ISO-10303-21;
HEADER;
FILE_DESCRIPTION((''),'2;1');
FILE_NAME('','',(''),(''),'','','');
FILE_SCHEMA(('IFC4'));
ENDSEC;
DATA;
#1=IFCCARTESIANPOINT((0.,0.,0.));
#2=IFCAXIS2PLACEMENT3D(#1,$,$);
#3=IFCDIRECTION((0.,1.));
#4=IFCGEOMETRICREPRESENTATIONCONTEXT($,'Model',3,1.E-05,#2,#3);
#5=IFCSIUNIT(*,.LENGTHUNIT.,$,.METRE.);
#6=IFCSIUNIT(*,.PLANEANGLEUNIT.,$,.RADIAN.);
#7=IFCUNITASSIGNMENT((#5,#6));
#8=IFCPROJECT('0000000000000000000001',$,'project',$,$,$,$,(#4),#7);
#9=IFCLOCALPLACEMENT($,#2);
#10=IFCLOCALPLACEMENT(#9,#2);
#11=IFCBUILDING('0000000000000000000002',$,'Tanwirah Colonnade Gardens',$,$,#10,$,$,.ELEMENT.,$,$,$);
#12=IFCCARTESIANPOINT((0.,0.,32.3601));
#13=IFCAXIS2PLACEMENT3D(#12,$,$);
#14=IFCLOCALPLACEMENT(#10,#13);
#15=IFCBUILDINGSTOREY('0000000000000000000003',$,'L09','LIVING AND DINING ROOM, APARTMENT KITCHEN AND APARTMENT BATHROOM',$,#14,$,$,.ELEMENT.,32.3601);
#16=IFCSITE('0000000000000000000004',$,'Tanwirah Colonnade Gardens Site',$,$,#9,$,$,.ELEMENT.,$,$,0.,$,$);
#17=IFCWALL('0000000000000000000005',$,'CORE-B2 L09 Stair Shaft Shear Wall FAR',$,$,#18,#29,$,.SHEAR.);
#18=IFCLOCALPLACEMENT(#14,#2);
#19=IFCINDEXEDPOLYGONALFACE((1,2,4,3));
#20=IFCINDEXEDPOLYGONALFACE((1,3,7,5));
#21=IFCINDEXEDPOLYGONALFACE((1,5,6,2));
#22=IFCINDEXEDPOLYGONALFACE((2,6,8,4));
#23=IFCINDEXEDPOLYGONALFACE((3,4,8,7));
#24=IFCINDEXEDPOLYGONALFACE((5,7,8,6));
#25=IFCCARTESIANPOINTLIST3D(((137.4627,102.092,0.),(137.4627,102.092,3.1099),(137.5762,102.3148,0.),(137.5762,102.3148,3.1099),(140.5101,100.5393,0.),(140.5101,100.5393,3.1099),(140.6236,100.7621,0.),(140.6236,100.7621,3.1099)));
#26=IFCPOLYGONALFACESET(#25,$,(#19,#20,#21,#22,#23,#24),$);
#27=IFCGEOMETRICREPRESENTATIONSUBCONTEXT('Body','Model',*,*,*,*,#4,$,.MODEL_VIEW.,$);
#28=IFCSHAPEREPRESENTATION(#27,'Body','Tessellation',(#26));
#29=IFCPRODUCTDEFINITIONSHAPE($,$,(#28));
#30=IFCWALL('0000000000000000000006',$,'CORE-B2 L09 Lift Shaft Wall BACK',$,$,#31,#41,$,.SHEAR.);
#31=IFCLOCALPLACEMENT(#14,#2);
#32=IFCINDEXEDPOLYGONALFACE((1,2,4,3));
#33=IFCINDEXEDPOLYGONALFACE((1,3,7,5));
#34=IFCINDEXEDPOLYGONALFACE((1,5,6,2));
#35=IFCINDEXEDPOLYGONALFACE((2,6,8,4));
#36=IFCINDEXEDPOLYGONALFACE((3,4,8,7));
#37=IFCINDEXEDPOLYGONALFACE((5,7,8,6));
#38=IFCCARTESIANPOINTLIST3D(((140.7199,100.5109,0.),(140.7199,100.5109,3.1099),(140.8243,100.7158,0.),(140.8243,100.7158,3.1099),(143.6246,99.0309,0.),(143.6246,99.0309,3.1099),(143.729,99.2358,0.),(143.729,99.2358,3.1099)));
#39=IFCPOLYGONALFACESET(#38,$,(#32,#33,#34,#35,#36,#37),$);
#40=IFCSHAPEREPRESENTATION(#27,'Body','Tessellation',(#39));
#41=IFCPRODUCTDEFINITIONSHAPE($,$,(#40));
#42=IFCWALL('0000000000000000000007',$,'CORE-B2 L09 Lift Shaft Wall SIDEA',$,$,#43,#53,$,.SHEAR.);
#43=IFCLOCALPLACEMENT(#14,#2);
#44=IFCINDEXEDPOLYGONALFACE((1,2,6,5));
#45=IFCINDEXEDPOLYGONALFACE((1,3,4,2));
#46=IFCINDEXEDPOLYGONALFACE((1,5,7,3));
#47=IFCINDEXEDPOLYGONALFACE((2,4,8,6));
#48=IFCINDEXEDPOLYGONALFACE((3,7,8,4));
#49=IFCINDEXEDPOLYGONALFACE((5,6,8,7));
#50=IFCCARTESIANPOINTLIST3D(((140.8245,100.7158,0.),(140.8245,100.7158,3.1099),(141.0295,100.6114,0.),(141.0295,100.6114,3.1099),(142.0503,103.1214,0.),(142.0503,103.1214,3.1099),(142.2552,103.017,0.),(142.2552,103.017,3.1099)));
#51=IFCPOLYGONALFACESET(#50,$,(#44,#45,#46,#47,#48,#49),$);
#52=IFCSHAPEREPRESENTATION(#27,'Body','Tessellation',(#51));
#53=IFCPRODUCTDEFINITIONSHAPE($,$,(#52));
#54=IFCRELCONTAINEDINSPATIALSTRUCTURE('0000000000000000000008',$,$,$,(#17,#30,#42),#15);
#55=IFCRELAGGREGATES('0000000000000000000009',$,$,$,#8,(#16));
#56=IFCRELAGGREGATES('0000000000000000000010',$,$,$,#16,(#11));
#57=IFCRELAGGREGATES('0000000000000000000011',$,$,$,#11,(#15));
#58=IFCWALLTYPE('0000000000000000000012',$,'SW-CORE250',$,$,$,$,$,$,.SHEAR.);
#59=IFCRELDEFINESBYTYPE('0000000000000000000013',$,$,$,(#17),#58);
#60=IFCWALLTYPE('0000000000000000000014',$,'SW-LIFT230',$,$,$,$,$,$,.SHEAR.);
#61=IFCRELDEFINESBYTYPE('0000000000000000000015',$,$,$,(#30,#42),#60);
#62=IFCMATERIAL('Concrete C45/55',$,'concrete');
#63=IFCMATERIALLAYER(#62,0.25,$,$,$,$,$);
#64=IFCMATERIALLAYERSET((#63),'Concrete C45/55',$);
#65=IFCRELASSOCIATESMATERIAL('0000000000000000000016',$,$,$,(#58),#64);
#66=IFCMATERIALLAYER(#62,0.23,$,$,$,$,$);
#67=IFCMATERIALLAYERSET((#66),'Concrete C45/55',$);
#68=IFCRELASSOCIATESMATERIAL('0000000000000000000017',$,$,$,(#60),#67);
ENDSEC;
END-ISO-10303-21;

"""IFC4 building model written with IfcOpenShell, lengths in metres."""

from ifc_helpers import new_model, si_unit, direction, frame, frame_2d, origin, place, context, subcontext, project, spatial, rectangle, extrude, material, layer, layer_set, type_object, element, save


model = new_model("IFC4")

# Units and contexts
model_context = context("Model", 3, precision=1e-05, world=origin(), true_north=direction((0.0, 1.0)))
body_context = subcontext(model_context, "Body", "Model", "MODEL_VIEW")
ifc_project = project(units=[si_unit("LENGTHUNIT", "METRE"), si_unit("PLANEANGLEUNIT", "RADIAN")], contexts=[model_context])

# Site, building, storey
site_placement = place(None, origin())
site = spatial("IfcSite", under=ifc_project, at=site_placement, Name="Tanwirah Colonnade Gardens Site", CompositionType="ELEMENT", RefElevation=0.0)
building_placement = place(site_placement, origin())
building = spatial("IfcBuilding", under=site, at=building_placement, Name="Tanwirah Colonnade Gardens", CompositionType="ELEMENT")
storey_placement = place(building_placement, frame((0.0, 0.0, 32.3601)))
storey = spatial("IfcBuildingStorey", under=building, at=storey_placement, Name="L09", Description="LIVING AND DINING ROOM, APARTMENT KITCHEN AND APARTMENT BATHROOM", CompositionType="ELEMENT", Elevation=32.3601)

# Wall
ifc_material_1 = material(Name="Concrete C45/55", Category="concrete")
ifc_layer_1 = layer(ifc_material_1, 0.25)
ifc_layer_set_1 = layer_set([ifc_layer_1], Name="Concrete C45/55")
wall_type_1 = type_object("IfcWallType", Name="SW-CORE250", PredefinedType="SHEAR", material=ifc_layer_set_1)
wall_1_placement = place(storey_placement, frame((137.5195, 102.2034, 0.0), z_axis=(0.0, 0.0, 1.0), x_axis=(0.891004, -0.453996, 0.0)))
element("IfcWall", 1, at=wall_1_placement, inside=storey, type_object=wall_type_1, Name="CORE-B2 L09 Stair Shaft Shear Wall FAR", PredefinedType="SHEAR", context=body_context, shape_type="SweptSolid", body=[
    extrude(rectangle(XDim=3.4202, YDim=0.25, at=frame_2d((1.71, 0.0))), origin(), (0.0, 0.0, 1.0), 3.1099),
])

# Shared definitions
ifc_layer_2 = layer(ifc_material_1, 0.23)
ifc_layer_set_2 = layer_set([ifc_layer_2], Name="Concrete C45/55")
wall_type_2 = type_object("IfcWallType", Name="SW-LIFT230", PredefinedType="SHEAR", material=ifc_layer_set_2)

# Walls
wall_2_placement = place(storey_placement, frame((140.7722, 100.6133, 0.0), z_axis=(0.0, 0.0, 1.0), x_axis=(0.891017, -0.453971, 0.0)))
element("IfcWall", 2, at=wall_2_placement, inside=storey, type_object=wall_type_2, Name="CORE-B2 L09 Lift Shaft Wall BACK", PredefinedType="SHEAR", context=body_context, shape_type="SweptSolid", body=[
    extrude(rectangle(XDim=3.26, YDim=0.23, at=frame_2d((1.6299, 0.0))), origin(), (0.0, 0.0, 1.0), 3.1099),
])
wall_3_placement = place(storey_placement, frame((142.1528, 103.0693, 0.0), z_axis=(0.0, 0.0, 1.0), x_axis=(-0.454, -0.891002, 0.0)))
element("IfcWall", 3, at=wall_3_placement, inside=storey, type_object=wall_type_2, Name="CORE-B2 L09 Lift Shaft Wall SIDEA", PredefinedType="SHEAR", context=body_context, shape_type="SweptSolid", body=[
    extrude(rectangle(XDim=2.7, YDim=0.23, at=frame_2d((1.3501, 0.0))), origin(), (0.0, 0.0, 1.0), 3.1099),
])

save(model, "model.ifc")
